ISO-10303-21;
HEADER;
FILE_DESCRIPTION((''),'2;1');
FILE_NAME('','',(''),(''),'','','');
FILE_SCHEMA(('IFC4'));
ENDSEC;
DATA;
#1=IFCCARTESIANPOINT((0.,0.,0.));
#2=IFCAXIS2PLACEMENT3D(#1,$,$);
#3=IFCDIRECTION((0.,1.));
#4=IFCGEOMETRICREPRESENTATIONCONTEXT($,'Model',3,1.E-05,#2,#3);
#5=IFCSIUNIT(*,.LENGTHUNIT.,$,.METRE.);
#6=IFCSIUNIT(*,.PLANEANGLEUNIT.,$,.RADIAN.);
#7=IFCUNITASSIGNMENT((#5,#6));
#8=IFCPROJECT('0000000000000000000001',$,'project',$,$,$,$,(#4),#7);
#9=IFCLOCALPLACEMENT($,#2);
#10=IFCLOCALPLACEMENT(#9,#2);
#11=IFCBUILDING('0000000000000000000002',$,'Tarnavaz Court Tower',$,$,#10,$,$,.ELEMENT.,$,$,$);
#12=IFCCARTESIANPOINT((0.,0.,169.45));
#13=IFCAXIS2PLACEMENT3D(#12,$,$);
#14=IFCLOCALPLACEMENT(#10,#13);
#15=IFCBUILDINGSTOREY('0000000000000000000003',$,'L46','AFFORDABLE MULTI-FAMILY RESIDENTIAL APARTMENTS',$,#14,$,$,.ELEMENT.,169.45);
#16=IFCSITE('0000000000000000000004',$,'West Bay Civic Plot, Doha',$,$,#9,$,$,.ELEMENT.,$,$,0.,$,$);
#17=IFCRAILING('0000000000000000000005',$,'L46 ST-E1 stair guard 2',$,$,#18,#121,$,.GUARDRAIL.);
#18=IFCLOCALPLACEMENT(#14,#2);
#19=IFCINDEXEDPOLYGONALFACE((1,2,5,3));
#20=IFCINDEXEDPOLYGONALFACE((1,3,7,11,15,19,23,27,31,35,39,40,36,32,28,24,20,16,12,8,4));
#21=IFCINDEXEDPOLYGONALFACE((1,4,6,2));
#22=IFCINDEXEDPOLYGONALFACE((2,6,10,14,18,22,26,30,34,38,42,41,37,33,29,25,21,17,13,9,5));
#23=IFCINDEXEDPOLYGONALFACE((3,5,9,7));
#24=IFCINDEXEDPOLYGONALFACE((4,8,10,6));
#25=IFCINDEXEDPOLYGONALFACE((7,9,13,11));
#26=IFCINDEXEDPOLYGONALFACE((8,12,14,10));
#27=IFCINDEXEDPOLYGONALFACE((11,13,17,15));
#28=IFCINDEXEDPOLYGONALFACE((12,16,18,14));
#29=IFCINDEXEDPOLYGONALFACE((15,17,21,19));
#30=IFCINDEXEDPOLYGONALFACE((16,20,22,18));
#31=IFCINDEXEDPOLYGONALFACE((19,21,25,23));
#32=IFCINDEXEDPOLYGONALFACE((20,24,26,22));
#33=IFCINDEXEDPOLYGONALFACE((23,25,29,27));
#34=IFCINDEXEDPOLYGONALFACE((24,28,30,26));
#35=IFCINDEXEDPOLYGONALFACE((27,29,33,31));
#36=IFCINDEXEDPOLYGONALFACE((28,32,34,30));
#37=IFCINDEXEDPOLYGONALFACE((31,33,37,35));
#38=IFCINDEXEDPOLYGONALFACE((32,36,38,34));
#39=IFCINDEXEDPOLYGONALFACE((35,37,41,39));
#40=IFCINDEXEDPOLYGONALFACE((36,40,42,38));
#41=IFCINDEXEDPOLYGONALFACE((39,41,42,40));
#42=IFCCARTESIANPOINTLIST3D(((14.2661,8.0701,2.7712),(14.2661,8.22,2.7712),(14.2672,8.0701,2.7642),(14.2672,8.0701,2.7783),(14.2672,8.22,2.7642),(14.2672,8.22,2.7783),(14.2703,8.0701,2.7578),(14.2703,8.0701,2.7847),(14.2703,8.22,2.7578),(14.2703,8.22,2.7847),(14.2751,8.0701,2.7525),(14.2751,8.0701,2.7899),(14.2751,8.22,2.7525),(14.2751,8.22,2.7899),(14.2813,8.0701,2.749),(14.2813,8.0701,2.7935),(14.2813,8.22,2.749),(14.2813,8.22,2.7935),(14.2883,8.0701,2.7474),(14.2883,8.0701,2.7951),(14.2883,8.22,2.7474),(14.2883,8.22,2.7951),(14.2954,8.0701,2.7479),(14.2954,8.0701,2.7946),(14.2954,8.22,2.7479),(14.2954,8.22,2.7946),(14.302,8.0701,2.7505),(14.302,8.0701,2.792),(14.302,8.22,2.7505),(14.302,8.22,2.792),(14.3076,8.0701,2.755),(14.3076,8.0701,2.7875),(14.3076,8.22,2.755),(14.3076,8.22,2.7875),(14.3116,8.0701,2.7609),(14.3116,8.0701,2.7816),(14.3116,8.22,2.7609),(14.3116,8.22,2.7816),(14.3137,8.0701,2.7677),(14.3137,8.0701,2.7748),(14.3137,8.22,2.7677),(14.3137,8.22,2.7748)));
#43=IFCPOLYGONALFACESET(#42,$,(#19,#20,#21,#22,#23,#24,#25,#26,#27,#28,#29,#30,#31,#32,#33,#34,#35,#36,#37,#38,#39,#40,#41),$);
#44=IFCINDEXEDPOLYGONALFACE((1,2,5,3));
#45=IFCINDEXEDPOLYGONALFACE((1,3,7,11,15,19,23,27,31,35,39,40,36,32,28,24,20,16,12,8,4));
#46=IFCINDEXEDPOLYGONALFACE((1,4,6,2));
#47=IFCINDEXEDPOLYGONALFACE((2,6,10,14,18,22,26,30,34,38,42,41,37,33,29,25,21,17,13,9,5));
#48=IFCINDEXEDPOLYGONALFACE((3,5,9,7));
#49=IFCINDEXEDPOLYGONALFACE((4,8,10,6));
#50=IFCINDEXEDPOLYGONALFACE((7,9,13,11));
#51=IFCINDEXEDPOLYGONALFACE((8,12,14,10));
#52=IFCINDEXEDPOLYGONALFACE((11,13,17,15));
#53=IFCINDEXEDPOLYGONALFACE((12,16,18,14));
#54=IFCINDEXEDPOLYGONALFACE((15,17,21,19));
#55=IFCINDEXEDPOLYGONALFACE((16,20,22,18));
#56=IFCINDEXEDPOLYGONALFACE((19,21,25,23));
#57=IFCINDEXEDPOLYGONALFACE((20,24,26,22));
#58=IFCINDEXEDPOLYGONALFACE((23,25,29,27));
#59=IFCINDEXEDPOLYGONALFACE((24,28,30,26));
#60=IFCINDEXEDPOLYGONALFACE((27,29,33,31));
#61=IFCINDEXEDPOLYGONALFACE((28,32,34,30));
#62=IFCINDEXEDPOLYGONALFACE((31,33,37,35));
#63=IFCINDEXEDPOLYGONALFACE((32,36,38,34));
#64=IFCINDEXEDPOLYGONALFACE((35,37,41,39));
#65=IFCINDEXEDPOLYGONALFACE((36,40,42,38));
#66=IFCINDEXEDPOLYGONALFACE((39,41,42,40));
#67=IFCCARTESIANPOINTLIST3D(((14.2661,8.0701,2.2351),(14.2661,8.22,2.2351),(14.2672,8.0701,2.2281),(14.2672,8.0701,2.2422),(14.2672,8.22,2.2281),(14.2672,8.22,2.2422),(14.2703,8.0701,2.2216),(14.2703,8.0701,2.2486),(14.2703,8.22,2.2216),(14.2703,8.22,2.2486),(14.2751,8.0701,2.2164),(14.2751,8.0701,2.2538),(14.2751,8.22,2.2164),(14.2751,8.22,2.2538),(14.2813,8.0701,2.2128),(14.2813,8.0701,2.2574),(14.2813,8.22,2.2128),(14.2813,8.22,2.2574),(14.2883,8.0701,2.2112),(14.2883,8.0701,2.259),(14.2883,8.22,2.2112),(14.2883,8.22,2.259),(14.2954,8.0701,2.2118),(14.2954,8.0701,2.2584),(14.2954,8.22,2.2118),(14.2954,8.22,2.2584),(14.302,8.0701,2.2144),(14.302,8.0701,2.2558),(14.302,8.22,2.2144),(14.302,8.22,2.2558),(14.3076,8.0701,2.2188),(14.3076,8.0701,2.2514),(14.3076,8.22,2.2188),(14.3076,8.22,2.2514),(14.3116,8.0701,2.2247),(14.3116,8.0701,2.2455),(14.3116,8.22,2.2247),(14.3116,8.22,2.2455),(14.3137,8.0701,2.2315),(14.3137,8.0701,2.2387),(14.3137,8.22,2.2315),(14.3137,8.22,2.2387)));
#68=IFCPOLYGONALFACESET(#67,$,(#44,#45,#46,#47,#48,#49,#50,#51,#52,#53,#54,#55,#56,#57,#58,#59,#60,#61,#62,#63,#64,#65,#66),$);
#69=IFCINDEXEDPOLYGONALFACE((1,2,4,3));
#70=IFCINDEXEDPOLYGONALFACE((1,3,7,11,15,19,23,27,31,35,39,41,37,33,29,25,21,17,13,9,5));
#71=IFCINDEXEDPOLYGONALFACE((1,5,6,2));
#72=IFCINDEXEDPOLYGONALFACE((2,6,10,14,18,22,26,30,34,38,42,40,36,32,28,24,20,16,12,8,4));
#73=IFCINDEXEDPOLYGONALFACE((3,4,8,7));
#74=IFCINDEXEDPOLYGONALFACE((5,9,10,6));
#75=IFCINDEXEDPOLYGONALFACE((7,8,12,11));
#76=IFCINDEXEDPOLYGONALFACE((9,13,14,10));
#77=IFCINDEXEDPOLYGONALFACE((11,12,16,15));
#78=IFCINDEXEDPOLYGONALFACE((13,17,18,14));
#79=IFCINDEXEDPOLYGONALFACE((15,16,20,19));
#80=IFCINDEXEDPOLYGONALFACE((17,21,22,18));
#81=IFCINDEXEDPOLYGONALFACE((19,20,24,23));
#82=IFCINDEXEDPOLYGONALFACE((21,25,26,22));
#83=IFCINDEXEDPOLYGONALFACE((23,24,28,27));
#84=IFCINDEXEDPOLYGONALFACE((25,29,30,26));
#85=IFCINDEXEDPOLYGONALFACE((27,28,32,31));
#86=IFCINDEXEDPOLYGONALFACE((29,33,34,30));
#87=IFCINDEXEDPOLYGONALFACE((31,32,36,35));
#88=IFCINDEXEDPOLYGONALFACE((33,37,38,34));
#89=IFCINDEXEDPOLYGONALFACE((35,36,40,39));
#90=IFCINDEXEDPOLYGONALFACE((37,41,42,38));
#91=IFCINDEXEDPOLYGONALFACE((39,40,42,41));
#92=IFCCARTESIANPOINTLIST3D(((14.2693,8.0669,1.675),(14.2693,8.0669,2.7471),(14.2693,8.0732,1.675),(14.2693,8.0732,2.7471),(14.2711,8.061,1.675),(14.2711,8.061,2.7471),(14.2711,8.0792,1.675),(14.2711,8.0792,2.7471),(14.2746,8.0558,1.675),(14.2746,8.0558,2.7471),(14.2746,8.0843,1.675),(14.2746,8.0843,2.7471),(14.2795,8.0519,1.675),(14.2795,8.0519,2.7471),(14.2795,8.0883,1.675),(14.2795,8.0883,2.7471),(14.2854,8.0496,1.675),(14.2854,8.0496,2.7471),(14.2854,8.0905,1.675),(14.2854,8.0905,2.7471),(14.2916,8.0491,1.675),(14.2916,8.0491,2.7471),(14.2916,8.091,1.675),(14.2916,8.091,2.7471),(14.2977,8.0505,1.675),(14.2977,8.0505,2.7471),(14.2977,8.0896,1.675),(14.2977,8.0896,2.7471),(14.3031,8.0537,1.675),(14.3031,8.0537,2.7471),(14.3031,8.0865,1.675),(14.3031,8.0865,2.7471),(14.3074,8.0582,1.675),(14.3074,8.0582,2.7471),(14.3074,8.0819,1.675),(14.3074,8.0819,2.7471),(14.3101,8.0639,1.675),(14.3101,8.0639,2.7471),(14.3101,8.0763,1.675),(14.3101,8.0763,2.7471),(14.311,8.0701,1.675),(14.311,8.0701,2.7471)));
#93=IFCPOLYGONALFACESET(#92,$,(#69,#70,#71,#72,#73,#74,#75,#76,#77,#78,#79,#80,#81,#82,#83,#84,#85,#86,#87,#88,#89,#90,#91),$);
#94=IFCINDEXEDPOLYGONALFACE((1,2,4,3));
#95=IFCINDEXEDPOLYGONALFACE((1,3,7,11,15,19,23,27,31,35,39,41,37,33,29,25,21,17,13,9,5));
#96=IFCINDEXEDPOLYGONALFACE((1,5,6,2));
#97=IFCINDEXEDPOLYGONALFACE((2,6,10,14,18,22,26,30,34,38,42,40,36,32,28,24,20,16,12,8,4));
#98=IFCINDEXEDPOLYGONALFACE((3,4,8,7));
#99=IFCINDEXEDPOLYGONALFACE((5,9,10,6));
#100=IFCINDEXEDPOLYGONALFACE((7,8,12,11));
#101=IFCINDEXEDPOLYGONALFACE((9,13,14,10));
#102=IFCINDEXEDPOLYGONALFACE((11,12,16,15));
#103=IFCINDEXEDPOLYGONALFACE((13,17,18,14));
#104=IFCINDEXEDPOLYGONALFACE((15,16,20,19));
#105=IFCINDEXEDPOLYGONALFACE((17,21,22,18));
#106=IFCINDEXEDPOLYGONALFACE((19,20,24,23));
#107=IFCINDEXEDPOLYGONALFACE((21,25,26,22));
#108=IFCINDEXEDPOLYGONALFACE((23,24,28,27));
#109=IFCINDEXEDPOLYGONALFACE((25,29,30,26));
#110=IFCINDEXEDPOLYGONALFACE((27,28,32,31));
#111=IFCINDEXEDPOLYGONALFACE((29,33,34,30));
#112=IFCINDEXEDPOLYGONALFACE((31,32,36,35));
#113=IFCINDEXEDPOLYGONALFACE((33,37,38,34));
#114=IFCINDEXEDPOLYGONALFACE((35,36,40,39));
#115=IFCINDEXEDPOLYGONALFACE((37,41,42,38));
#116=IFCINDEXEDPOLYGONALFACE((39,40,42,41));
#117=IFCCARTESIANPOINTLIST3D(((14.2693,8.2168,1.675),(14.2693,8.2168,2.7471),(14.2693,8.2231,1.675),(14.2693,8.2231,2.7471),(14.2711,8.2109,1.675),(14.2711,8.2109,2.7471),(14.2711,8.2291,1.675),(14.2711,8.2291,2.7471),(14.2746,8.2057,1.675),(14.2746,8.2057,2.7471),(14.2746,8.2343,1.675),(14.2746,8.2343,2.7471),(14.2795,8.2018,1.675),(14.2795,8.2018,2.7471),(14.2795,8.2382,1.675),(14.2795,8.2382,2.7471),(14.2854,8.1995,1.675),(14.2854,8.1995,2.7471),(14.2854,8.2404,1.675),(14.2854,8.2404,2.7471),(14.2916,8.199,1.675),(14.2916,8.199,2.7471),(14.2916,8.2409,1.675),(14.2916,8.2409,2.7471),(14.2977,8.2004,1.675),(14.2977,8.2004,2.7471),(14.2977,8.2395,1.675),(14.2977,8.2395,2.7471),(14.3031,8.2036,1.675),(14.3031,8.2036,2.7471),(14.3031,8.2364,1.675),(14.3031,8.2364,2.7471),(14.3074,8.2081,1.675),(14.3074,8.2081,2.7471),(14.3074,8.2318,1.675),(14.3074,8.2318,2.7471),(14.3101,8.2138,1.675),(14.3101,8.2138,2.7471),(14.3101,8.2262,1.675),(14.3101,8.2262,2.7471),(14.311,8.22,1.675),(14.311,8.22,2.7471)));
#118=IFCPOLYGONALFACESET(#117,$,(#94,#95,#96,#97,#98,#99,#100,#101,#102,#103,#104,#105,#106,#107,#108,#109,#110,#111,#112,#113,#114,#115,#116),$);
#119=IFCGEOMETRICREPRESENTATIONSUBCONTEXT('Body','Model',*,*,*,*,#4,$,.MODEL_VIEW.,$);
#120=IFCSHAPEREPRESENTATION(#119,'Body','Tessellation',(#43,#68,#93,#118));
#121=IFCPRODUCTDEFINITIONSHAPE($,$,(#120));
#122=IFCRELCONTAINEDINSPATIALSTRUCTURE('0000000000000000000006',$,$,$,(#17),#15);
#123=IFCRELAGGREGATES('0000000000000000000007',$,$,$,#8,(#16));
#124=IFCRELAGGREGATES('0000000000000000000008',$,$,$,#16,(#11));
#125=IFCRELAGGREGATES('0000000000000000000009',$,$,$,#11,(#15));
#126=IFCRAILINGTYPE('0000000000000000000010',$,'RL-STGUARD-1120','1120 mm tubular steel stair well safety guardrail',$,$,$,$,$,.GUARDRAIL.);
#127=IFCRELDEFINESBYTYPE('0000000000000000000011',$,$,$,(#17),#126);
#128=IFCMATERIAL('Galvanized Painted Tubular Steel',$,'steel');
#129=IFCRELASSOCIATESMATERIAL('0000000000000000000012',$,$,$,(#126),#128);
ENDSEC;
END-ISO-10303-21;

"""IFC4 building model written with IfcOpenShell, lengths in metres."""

from ifc_helpers import new_model, si_unit, direction, frame, origin, origin_2d, place, context, subcontext, project, spatial, circle, extrude, material, type_object, element, save


model = new_model("IFC4")

# Units and contexts
model_context = context("Model", 3, precision=1e-05, world=origin(), true_north=direction((0.0, 1.0)))
body_context = subcontext(model_context, "Body", "Model", "MODEL_VIEW")
ifc_project = project(units=[si_unit("LENGTHUNIT", "METRE"), si_unit("PLANEANGLEUNIT", "RADIAN")], contexts=[model_context])

# Site, building, storey
site_placement = place(None, origin())
site = spatial("IfcSite", under=ifc_project, at=site_placement, Name="West Bay Civic Plot, Doha", CompositionType="ELEMENT", RefElevation=0.0)
building_placement = place(site_placement, origin())
building = spatial("IfcBuilding", under=site, at=building_placement, Name="Tarnavaz Court Tower", CompositionType="ELEMENT")
storey_placement = place(building_placement, frame((0.0, 0.0, 169.45)))
storey = spatial("IfcBuildingStorey", under=building, at=storey_placement, Name="L46", Description="AFFORDABLE MULTI-FAMILY RESIDENTIAL APARTMENTS", CompositionType="ELEMENT", Elevation=169.45)

# Railing
ifc_material_1 = material(Name="Galvanized Painted Tubular Steel", Category="steel")
railing_type_1 = type_object("IfcRailingType", Name="RL-STGUARD-1120", Description="1120 mm tubular steel stair well safety guardrail", PredefinedType="GUARDRAIL", material=ifc_material_1)
for number, where, name in (
    (1, (14.29, 8.0701, 1.675), "L46 ST-E1 stair guard 2"),
):
    element("IfcRailing", number, at=place(storey_placement, frame(where)), inside=storey, type_object=railing_type_1, Name=name, PredefinedType="GUARDRAIL", context=body_context, shape_type="SweptSolid", body=[
        extrude(circle(Radius=0.0239, at=origin_2d()), frame((0.0, 0.0, 1.0962), z_axis=(0.0, 1.0, 0.0), x_axis=(-1.0, 0.0, 0.0)), (0.0, 0.0, 1.0), 0.1499),
        extrude(circle(Radius=0.0239, at=origin_2d()), frame((0.0, 0.0, 0.5601), z_axis=(0.0, 1.0, 0.0), x_axis=(-1.0, 0.0, 0.0)), (0.0, 0.0, 1.0), 0.1499),
        extrude(circle(Radius=0.021, at=origin_2d()), origin(), (0.0, 0.0, 1.0), 1.072),
        extrude(circle(Radius=0.021, at=origin_2d()), frame((0.0, 0.1499, 0.0)), (0.0, 0.0, 1.0), 1.072),
    ])

save(model, "model.ifc")
